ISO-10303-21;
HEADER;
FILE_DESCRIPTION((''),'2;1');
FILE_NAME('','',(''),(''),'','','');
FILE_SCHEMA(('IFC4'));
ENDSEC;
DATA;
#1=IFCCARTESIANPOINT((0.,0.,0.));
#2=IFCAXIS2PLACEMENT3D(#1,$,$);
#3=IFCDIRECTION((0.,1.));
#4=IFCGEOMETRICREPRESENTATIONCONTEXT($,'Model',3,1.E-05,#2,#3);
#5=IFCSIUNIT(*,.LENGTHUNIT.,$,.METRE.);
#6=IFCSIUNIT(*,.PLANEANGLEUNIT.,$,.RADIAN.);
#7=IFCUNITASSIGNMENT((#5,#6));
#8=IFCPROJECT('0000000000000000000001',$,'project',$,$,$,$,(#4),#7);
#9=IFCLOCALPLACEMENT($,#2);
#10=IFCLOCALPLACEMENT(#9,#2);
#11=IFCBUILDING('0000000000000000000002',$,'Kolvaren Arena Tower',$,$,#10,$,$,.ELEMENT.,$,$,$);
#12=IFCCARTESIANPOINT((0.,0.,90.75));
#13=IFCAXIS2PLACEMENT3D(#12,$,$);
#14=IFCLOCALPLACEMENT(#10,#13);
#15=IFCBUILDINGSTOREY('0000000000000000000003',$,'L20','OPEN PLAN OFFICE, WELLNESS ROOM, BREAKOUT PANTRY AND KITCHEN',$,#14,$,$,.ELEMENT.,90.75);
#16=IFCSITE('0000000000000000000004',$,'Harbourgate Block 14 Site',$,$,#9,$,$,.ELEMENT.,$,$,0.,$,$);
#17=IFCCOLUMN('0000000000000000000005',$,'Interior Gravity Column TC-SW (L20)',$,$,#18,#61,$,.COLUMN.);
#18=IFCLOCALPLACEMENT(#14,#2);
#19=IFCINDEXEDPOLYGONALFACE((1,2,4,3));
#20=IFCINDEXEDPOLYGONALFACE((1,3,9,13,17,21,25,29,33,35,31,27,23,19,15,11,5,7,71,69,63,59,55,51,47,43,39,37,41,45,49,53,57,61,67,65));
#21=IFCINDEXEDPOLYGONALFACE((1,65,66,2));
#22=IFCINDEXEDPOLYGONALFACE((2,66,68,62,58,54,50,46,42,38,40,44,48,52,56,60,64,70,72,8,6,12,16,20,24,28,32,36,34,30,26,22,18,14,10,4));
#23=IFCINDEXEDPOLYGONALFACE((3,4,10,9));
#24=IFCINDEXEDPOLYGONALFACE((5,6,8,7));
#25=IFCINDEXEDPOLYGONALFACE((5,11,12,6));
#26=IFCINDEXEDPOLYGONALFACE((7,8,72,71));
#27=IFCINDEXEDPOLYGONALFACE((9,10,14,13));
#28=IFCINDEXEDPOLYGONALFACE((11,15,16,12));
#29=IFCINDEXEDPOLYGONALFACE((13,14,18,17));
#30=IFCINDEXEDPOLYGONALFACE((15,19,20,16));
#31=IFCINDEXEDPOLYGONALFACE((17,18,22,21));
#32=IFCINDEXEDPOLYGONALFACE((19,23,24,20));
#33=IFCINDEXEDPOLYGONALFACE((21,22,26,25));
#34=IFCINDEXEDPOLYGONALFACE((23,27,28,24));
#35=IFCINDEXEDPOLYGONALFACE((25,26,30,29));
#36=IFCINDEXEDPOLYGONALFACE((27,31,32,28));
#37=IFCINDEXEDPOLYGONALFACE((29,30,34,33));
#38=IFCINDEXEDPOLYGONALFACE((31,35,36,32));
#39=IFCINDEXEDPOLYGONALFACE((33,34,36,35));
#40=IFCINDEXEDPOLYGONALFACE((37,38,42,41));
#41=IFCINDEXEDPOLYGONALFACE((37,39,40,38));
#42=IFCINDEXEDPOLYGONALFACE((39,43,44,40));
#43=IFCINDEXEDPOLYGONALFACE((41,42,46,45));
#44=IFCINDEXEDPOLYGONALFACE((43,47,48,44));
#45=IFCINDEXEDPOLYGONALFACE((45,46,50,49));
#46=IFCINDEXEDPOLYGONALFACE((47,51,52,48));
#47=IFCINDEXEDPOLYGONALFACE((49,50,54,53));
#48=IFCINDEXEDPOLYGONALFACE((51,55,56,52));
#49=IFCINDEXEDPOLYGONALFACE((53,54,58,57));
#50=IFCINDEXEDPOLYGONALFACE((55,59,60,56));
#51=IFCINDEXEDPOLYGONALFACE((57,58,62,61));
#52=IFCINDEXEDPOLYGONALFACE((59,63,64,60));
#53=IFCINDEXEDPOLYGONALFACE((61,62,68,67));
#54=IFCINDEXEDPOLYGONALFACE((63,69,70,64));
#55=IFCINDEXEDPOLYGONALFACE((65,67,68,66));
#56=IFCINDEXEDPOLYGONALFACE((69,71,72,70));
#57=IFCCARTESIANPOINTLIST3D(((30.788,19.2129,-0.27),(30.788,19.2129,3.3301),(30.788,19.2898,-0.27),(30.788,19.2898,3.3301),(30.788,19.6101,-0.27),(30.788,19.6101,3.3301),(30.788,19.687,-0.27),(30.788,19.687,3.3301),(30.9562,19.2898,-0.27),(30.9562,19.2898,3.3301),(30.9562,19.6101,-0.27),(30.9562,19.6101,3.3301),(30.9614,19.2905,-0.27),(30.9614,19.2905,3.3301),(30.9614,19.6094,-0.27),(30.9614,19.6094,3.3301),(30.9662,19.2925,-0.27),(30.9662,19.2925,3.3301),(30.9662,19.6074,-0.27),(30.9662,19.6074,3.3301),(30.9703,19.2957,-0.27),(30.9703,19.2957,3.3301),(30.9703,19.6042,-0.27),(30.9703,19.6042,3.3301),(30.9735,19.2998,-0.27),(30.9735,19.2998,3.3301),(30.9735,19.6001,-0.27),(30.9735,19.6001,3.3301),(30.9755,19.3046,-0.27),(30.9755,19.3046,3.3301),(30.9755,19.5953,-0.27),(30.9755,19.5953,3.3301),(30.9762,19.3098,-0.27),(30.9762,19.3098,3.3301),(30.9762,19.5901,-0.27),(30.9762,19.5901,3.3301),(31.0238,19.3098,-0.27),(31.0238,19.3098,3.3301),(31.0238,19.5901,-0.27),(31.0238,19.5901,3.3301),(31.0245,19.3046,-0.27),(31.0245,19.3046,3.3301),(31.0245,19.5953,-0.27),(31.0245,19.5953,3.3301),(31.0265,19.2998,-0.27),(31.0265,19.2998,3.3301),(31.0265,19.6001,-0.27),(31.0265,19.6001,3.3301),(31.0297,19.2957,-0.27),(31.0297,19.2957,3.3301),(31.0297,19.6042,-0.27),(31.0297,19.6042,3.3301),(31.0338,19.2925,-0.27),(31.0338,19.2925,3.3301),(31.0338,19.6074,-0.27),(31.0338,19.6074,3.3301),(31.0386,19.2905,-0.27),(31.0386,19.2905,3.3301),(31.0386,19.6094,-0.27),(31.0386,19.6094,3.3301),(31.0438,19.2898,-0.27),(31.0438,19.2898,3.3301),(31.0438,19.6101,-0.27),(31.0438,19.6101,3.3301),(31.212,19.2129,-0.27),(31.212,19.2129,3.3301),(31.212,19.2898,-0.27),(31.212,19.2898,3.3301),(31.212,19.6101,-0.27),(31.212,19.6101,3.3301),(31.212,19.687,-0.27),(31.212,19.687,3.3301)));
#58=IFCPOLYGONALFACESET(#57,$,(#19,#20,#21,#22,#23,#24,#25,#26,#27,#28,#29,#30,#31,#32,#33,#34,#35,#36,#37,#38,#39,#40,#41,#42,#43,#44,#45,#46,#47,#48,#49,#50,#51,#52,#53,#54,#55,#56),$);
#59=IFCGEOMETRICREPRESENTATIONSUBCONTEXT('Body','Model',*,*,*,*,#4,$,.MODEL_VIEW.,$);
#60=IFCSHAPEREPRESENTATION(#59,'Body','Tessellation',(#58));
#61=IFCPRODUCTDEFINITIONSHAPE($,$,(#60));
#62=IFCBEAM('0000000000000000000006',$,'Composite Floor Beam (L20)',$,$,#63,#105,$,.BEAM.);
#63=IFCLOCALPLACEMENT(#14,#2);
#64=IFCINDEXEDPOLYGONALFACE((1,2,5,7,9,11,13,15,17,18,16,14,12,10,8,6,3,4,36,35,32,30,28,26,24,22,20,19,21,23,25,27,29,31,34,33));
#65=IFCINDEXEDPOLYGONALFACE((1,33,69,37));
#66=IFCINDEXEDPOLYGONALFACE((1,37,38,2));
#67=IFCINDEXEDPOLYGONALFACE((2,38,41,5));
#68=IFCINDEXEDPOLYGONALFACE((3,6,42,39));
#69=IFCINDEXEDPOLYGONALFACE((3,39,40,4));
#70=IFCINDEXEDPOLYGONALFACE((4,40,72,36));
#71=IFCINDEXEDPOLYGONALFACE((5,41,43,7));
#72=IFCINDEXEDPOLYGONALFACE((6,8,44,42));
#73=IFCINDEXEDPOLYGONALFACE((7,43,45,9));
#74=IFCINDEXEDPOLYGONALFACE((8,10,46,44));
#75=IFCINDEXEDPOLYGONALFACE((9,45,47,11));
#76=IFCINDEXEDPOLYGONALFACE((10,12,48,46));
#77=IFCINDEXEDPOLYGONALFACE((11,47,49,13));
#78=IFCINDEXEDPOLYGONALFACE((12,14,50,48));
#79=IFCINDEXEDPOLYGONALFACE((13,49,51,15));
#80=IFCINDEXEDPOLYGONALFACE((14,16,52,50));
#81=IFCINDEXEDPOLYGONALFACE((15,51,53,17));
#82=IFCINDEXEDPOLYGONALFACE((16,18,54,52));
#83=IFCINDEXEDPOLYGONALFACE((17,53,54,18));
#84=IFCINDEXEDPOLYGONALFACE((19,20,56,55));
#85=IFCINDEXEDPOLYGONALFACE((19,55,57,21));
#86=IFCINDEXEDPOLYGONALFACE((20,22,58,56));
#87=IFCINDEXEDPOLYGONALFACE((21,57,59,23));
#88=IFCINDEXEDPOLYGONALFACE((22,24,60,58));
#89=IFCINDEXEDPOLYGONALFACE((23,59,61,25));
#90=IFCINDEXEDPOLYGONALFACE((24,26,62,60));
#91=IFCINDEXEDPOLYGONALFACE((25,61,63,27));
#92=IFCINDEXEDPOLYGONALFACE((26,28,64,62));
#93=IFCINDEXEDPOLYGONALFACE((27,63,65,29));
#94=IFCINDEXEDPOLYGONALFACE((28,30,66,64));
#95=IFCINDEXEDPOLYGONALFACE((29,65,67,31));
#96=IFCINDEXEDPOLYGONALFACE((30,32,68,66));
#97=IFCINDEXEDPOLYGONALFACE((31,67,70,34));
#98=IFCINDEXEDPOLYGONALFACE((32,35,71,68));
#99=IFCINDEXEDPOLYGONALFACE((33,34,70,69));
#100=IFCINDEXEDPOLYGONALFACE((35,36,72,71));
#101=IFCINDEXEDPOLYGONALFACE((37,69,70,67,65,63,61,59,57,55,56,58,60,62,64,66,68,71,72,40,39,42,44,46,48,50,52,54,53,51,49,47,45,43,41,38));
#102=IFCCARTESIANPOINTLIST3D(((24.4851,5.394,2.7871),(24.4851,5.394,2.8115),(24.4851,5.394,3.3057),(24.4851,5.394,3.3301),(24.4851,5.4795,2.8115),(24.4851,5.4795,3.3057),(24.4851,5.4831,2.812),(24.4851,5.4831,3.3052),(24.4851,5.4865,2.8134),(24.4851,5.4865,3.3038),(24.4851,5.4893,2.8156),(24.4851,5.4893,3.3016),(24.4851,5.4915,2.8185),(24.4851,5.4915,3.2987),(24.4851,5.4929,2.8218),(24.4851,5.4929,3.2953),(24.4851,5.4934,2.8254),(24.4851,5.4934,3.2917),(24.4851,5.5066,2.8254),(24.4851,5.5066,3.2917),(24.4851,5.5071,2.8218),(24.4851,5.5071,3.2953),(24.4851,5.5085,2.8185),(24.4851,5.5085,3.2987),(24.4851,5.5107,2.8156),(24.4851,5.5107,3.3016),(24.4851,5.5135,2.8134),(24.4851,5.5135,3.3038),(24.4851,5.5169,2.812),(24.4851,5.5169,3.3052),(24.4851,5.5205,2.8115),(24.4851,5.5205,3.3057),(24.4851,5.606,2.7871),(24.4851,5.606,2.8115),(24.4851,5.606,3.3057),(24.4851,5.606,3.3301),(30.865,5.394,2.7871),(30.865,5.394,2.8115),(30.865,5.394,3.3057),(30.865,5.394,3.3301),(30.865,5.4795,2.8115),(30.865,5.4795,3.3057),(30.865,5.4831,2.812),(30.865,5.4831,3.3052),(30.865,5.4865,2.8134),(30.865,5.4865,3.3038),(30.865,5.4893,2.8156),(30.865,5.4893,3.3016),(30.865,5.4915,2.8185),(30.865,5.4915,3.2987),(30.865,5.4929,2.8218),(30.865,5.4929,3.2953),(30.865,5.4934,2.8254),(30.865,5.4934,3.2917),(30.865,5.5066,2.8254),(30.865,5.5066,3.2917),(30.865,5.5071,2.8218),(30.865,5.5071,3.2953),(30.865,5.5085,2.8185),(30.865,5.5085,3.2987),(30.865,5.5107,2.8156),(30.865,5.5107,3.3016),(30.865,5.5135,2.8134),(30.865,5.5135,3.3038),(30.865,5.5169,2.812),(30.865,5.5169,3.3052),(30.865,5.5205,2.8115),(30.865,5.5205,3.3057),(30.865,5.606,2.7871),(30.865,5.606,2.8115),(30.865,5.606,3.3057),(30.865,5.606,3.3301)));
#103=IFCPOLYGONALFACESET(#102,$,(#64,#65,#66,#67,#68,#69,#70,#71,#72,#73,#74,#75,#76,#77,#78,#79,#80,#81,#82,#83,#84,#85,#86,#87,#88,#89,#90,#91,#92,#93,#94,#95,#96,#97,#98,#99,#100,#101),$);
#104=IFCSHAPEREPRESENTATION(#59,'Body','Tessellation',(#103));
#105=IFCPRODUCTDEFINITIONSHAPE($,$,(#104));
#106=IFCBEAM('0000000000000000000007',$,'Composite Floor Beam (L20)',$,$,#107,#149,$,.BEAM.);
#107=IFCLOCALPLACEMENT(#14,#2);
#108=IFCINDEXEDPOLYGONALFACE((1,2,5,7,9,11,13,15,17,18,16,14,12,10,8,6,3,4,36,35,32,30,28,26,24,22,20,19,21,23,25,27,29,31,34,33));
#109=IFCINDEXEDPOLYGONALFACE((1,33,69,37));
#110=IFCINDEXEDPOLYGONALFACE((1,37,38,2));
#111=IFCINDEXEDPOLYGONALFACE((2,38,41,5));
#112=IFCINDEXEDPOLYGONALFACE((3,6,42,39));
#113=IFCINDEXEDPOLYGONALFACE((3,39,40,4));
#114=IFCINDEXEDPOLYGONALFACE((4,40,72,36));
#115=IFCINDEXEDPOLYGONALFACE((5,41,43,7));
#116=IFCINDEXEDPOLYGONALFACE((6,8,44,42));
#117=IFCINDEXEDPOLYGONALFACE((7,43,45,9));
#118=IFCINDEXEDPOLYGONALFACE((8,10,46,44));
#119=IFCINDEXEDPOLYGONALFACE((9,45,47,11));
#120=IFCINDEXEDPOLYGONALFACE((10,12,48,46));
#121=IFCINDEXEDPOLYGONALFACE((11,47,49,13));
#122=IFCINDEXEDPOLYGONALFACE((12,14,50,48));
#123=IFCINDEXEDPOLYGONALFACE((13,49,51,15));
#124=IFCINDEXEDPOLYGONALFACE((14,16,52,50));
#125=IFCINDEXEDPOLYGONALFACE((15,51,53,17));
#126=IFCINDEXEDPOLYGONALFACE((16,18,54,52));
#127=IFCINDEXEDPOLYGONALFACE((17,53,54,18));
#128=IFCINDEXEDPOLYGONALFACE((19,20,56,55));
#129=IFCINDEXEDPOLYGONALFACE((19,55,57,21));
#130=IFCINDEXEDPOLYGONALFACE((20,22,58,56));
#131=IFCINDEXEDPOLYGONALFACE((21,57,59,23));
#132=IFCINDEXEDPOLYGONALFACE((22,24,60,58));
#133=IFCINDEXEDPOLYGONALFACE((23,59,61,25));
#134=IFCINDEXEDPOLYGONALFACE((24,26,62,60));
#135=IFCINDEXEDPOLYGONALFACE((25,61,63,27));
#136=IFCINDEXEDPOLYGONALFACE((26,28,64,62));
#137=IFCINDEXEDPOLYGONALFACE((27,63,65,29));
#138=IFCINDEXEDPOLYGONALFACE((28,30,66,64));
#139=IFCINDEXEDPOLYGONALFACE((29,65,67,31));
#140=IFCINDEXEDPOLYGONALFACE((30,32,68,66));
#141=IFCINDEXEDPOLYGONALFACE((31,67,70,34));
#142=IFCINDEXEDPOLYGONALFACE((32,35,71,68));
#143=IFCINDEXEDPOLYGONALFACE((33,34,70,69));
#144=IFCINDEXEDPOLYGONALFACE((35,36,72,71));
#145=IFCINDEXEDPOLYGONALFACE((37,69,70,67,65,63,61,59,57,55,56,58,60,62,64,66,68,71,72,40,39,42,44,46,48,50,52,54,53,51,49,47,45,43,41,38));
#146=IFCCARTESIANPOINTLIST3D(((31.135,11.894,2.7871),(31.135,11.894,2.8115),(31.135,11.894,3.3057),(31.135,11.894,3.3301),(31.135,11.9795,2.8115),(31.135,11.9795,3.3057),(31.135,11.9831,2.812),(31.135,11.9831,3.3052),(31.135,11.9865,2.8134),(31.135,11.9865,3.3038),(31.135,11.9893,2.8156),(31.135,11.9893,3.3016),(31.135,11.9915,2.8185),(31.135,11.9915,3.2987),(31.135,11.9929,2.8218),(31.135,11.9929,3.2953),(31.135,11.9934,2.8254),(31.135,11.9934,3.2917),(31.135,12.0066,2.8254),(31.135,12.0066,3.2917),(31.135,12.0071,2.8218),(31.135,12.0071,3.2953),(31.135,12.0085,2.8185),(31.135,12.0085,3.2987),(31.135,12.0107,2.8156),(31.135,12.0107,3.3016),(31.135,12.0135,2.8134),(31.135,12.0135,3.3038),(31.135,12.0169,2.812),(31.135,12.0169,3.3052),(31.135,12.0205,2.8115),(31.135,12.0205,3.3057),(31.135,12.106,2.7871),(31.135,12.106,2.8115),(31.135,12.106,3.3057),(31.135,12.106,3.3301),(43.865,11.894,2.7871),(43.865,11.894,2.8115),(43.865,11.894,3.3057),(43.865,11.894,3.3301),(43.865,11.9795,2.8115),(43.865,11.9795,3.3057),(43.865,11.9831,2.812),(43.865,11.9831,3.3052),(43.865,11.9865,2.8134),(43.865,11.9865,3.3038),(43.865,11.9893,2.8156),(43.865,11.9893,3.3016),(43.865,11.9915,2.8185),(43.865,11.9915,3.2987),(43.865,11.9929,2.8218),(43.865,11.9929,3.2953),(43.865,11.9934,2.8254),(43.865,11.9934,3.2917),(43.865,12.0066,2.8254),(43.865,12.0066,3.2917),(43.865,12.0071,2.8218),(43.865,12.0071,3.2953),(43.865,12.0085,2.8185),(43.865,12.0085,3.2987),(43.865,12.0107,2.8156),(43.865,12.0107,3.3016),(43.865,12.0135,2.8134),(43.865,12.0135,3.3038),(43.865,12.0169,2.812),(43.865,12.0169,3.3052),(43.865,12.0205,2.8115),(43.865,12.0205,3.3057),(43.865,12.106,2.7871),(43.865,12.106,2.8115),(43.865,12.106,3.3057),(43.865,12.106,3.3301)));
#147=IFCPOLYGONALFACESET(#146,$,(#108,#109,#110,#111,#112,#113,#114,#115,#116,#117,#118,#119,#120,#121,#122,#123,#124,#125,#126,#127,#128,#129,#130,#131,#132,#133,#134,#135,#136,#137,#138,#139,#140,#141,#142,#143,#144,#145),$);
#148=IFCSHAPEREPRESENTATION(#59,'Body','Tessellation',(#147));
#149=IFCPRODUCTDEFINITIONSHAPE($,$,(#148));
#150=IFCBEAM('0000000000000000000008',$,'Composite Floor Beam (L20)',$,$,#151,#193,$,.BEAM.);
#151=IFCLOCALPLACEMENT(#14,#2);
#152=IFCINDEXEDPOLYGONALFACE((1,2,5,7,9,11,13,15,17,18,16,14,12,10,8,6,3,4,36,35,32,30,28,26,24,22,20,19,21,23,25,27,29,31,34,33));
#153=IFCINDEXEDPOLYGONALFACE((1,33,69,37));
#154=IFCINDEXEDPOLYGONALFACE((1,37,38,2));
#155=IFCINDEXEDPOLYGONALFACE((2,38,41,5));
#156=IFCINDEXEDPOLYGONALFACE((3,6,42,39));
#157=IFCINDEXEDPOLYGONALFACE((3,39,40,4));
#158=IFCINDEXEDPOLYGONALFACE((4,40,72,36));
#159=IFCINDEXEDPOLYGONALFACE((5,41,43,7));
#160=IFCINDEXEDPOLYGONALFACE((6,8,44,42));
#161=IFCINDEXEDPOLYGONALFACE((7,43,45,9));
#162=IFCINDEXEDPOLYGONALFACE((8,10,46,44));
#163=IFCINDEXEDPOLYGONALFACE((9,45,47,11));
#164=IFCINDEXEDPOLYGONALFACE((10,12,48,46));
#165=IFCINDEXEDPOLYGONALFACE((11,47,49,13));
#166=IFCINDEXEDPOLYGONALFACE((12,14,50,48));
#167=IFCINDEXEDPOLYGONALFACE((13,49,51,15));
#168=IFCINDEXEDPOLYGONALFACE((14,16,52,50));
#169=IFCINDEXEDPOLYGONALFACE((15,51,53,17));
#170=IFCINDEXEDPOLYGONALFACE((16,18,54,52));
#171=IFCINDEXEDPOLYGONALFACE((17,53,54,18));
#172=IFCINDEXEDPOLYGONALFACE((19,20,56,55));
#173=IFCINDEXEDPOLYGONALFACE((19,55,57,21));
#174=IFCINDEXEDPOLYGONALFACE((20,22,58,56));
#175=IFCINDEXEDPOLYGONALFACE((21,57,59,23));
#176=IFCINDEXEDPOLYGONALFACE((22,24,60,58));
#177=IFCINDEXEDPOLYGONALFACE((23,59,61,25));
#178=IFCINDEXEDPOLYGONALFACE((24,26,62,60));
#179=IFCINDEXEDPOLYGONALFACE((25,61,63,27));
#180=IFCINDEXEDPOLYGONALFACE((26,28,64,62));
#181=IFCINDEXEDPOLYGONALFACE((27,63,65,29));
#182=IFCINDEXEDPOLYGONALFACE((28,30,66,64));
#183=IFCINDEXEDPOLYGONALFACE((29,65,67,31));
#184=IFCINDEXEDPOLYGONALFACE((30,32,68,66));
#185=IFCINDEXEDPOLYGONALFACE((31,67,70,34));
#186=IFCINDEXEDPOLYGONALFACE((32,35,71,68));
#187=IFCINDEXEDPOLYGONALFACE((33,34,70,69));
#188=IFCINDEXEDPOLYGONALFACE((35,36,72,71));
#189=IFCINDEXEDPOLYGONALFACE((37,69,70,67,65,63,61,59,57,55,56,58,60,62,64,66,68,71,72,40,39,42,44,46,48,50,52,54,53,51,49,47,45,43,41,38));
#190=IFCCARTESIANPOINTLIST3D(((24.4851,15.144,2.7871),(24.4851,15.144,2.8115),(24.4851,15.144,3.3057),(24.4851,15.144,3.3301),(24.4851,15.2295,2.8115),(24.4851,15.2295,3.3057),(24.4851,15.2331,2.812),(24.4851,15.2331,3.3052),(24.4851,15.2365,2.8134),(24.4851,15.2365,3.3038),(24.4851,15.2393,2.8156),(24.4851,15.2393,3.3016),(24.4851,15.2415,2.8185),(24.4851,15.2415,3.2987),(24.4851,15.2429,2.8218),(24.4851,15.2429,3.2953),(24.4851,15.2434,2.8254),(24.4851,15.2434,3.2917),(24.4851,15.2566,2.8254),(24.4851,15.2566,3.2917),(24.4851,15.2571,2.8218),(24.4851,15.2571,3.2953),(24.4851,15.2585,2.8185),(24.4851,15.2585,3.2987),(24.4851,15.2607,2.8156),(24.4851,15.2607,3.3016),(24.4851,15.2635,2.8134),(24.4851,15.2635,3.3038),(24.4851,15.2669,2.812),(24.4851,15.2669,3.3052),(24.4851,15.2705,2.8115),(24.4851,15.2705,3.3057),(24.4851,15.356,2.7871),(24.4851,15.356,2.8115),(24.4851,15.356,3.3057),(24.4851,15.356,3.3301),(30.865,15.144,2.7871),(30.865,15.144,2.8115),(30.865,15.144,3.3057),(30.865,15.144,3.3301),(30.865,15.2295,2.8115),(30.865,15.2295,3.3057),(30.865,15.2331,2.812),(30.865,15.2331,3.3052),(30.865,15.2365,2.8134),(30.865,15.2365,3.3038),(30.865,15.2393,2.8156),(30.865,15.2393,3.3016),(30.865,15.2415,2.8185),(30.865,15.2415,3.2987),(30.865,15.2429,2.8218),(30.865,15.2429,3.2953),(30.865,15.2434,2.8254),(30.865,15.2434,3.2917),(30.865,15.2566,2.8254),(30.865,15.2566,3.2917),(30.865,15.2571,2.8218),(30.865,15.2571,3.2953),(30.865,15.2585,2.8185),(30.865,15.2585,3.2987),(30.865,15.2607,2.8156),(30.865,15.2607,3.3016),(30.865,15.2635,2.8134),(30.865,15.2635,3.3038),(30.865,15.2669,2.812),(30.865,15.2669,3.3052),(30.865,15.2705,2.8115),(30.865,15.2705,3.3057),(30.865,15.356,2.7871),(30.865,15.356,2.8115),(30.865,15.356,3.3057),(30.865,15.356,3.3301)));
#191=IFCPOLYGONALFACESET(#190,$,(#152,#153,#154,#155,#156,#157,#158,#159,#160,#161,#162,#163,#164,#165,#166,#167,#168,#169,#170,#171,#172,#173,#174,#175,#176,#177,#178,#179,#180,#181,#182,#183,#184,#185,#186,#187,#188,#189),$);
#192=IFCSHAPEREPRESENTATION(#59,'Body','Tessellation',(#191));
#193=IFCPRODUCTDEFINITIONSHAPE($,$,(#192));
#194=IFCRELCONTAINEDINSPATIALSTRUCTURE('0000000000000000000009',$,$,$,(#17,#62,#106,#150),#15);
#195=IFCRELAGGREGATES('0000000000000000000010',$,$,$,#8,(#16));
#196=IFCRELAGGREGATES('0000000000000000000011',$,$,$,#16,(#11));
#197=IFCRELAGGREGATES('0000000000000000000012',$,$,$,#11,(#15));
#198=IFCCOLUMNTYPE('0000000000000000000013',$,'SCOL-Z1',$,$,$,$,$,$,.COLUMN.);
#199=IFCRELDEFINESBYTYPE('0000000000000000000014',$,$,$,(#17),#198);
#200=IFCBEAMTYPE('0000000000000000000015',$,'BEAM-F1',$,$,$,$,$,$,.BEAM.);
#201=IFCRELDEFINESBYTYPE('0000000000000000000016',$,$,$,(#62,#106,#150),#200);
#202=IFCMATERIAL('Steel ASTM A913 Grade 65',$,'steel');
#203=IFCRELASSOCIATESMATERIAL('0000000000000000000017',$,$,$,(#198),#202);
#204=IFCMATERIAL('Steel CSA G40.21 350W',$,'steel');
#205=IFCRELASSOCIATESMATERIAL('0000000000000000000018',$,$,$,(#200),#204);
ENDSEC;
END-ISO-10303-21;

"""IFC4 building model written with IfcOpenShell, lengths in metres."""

from ifc_helpers import new_model, si_unit, direction, frame, origin, origin_2d, place, context, subcontext, project, spatial, i_section, extrude, material, material_profile, profile_set, type_object, element, save


model = new_model("IFC4")

# Units and contexts
model_context = context("Model", 3, precision=1e-05, world=origin(), true_north=direction((0.0, 1.0)))
body_context = subcontext(model_context, "Body", "Model", "MODEL_VIEW")
ifc_project = project(units=[si_unit("LENGTHUNIT", "METRE"), si_unit("PLANEANGLEUNIT", "RADIAN")], contexts=[model_context])

# Site, building, storey
site_placement = place(None, origin())
site = spatial("IfcSite", under=ifc_project, at=site_placement, Name="Harbourgate Block 14 Site", CompositionType="ELEMENT", RefElevation=0.0)
building_placement = place(site_placement, origin())
building = spatial("IfcBuilding", under=site, at=building_placement, Name="Kolvaren Arena Tower", CompositionType="ELEMENT")
storey_placement = place(building_placement, frame((0.0, 0.0, 90.75)))
storey = spatial("IfcBuildingStorey", under=building, at=storey_placement, Name="L20", Description="OPEN PLAN OFFICE, WELLNESS ROOM, BREAKOUT PANTRY AND KITCHEN", CompositionType="ELEMENT", Elevation=90.75)

# Column
ifc_material_1 = material(Name="Steel ASTM A913 Grade 65", Category="steel")
ifc_material_profile_1 = material_profile(ifc_material_1, i_section(OverallWidth=0.4241, OverallDepth=0.4741, WebThickness=0.0476, FlangeThickness=0.0769, FilletRadius=0.02, at=origin_2d()), Name="W360x634")
ifc_profile_set_1 = profile_set([ifc_material_profile_1], Name="Steel ASTM A913 Grade 65")
column_type = type_object("IfcColumnType", Name="SCOL-Z1", PredefinedType="COLUMN", material=ifc_profile_set_1)
column_placement = place(storey_placement, frame((31.0, 19.45, -0.27), z_axis=(0.0, 0.0, 1.0), x_axis=(1.0, 0.0, 0.0)))
element("IfcColumn", 1, at=column_placement, inside=storey, type_object=column_type, Name="Interior Gravity Column TC-SW (L20)", PredefinedType="COLUMN", context=body_context, shape_type="SweptSolid", body=[
    extrude(i_section(OverallWidth=0.4241, OverallDepth=0.4741, WebThickness=0.0476, FlangeThickness=0.0769, FilletRadius=0.02, at=origin_2d()), origin(), (0.0, 0.0, 1.0), 3.6001),
])

# Beams
ifc_material_2 = material(Name="Steel CSA G40.21 350W", Category="steel")
ifc_material_profile_2 = material_profile(ifc_material_2, i_section(OverallWidth=0.2119, OverallDepth=0.543, WebThickness=0.0132, FlangeThickness=0.0244, FilletRadius=0.0139, at=origin_2d()), Name="W530x150")
ifc_profile_set_2 = profile_set([ifc_material_profile_2], Name="Steel CSA G40.21 350W")
beam_type_1 = type_object("IfcBeamType", Name="BEAM-F1", PredefinedType="BEAM", material=ifc_profile_set_2)
beam_1_placement = place(storey_placement, frame((24.4851, 5.5, 3.0586), z_axis=(1.0, 0.0, 0.0), x_axis=(0.0, 1.0, 0.0)))
element("IfcBeam", 2, at=beam_1_placement, inside=storey, type_object=beam_type_1, Name="Composite Floor Beam (L20)", PredefinedType="BEAM", context=body_context, shape_type="SweptSolid", body=[
    extrude(i_section(OverallWidth=0.2119, OverallDepth=0.543, WebThickness=0.0132, FlangeThickness=0.0244, FilletRadius=0.0139, at=origin_2d()), origin(), (0.0, 0.0, 1.0), 6.3799),
])
beam_2_placement = place(storey_placement, frame((31.135, 12.0, 3.0586), z_axis=(1.0, 0.0, 0.0), x_axis=(0.0, 1.0, 0.0)))
element("IfcBeam", 3, at=beam_2_placement, inside=storey, type_object=beam_type_1, Name="Composite Floor Beam (L20)", PredefinedType="BEAM", context=body_context, shape_type="SweptSolid", body=[
    extrude(i_section(OverallWidth=0.2119, OverallDepth=0.543, WebThickness=0.0132, FlangeThickness=0.0244, FilletRadius=0.0139, at=origin_2d()), origin(), (0.0, 0.0, 1.0), 12.73),
])
beam_3_placement = place(storey_placement, frame((24.4851, 15.25, 3.0586), z_axis=(1.0, 0.0, 0.0), x_axis=(0.0, 1.0, 0.0)))
element("IfcBeam", 4, at=beam_3_placement, inside=storey, type_object=beam_type_1, Name="Composite Floor Beam (L20)", PredefinedType="BEAM", context=body_context, shape_type="SweptSolid", body=[
    extrude(i_section(OverallWidth=0.2119, OverallDepth=0.543, WebThickness=0.0132, FlangeThickness=0.0244, FilletRadius=0.0139, at=origin_2d()), origin(), (0.0, 0.0, 1.0), 6.3799),
])

save(model, "model.ifc")
